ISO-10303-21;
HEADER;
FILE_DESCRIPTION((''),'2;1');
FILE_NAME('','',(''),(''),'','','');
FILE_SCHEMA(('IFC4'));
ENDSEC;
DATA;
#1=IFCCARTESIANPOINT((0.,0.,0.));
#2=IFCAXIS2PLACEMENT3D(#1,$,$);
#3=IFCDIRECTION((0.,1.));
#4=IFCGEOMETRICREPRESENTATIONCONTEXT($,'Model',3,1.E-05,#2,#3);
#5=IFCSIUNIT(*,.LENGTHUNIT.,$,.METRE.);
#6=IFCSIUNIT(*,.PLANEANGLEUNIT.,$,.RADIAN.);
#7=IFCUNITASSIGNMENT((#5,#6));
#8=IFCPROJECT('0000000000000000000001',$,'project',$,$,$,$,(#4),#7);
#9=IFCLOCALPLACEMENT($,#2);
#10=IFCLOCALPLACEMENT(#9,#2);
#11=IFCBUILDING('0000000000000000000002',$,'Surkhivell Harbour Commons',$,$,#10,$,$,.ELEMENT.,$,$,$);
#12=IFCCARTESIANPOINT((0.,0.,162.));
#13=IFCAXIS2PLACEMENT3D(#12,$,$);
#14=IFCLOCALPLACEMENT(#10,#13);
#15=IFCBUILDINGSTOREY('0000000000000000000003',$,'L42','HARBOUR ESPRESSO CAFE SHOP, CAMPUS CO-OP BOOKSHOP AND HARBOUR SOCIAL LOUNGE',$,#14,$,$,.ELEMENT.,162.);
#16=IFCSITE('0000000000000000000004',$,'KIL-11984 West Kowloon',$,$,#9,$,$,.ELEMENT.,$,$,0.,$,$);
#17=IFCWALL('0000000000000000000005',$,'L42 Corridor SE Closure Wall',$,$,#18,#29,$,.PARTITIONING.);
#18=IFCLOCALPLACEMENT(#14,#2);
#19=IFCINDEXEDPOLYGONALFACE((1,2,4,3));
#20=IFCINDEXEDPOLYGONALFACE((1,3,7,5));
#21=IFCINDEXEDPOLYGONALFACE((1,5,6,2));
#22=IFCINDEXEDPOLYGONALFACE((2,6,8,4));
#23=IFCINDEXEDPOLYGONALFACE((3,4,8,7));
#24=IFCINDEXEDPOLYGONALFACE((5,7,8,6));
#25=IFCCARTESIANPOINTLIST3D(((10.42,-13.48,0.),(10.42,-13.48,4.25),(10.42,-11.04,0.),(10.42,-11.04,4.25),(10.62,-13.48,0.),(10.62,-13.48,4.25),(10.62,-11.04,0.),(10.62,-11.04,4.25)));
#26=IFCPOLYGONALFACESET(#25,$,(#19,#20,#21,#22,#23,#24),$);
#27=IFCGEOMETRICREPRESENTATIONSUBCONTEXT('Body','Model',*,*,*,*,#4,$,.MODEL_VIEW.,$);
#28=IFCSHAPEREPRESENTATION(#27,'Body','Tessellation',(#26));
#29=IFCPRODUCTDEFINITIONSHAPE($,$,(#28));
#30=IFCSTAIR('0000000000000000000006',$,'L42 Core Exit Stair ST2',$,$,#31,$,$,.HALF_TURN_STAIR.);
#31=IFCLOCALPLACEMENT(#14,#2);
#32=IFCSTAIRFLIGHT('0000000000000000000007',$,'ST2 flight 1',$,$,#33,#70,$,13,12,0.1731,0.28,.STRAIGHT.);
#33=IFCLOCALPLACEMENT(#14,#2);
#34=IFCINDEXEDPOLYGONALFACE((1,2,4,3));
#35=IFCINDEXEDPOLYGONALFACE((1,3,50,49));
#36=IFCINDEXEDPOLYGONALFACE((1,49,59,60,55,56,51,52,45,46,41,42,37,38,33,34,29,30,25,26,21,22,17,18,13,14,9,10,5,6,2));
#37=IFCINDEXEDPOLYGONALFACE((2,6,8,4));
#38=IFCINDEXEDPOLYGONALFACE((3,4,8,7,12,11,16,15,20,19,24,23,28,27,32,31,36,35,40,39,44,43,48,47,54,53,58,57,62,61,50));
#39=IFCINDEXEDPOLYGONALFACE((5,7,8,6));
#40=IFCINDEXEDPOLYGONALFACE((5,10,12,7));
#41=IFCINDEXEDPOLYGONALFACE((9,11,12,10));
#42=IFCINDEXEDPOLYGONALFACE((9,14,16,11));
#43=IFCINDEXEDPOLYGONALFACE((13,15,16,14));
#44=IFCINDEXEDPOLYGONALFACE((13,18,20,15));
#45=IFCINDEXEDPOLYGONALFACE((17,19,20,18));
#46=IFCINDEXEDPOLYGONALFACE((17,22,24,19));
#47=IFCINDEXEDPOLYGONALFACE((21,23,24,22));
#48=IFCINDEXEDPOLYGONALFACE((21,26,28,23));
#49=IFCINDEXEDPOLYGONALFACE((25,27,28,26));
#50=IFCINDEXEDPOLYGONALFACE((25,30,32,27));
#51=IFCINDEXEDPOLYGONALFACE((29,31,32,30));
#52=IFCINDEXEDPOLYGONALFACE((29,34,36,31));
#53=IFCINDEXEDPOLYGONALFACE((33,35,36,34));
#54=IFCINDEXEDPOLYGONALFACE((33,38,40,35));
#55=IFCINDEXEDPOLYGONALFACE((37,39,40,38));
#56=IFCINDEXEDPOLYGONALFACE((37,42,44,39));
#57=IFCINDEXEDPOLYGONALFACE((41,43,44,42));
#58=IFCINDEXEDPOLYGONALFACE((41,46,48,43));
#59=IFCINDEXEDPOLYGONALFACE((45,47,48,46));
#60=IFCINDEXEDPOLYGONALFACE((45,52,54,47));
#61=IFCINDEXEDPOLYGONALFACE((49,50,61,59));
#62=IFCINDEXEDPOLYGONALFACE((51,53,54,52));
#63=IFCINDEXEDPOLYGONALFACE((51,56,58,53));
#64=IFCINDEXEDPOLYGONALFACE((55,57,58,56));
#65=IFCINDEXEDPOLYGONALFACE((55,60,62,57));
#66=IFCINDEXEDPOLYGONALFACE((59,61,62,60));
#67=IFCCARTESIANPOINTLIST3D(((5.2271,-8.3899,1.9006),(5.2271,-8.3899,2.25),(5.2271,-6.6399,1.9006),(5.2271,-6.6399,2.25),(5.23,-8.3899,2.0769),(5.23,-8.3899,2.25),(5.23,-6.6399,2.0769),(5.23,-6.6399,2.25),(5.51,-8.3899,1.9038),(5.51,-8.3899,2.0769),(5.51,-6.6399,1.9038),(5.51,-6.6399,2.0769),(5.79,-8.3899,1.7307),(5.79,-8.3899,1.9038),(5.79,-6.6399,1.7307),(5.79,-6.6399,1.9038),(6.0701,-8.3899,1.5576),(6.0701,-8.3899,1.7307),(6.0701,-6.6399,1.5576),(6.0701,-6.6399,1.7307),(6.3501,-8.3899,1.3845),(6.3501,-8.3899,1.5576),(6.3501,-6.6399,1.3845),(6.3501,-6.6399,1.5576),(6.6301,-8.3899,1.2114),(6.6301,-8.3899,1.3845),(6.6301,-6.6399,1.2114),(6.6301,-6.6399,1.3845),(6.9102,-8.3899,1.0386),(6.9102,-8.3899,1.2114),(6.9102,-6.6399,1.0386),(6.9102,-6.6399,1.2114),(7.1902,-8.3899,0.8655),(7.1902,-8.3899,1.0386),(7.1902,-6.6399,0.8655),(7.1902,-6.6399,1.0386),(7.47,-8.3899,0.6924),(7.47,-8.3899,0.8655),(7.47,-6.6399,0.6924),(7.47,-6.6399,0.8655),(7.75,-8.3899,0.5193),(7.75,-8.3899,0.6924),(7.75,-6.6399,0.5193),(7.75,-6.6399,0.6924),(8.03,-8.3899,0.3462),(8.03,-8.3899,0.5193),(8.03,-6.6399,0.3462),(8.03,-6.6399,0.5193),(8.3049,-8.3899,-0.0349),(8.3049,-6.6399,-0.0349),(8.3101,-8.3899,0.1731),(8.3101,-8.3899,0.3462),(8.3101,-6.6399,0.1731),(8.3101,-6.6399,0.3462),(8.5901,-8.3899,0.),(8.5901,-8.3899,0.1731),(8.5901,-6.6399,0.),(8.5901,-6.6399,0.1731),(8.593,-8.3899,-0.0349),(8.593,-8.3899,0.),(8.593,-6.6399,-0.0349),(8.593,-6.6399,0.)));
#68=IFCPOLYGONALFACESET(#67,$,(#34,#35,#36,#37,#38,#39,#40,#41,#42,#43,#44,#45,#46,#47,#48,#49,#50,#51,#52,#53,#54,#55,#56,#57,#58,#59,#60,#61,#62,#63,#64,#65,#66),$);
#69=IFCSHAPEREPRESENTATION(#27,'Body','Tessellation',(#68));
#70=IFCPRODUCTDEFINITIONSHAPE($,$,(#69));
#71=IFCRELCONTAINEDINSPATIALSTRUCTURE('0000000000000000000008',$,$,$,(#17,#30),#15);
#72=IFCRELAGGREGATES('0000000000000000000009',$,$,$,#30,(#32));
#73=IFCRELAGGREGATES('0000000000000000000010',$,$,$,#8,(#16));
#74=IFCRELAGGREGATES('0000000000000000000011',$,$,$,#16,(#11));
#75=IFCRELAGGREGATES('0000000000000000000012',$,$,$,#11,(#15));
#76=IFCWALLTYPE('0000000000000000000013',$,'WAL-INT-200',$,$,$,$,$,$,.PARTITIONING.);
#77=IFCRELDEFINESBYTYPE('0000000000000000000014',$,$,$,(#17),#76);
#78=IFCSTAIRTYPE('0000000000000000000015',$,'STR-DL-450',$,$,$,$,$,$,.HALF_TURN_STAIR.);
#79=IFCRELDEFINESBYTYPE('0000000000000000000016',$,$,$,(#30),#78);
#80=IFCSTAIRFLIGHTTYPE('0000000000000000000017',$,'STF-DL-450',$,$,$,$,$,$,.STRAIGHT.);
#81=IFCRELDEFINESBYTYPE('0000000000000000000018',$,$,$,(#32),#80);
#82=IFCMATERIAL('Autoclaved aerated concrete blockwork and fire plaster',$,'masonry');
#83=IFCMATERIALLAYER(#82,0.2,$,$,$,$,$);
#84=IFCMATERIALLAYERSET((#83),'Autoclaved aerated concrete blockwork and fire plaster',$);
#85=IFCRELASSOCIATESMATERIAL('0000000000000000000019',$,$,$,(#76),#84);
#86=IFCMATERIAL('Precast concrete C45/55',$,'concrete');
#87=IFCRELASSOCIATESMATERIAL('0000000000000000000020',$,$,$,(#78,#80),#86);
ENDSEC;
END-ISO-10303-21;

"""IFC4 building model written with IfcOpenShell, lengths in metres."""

from ifc_helpers import new_model, si_unit, direction, frame, frame_2d, origin, place, context, subcontext, project, spatial, polyline, rectangle, outline, extrude, material, layer, layer_set, type_object, element, aggregate, save


model = new_model("IFC4")

# Units and contexts
model_context = context("Model", 3, precision=1e-05, world=origin(), true_north=direction((0.0, 1.0)))
body_context = subcontext(model_context, "Body", "Model", "MODEL_VIEW")
ifc_project = project(units=[si_unit("LENGTHUNIT", "METRE"), si_unit("PLANEANGLEUNIT", "RADIAN")], contexts=[model_context])

# Site, building, storey
site_placement = place(None, origin())
site = spatial("IfcSite", under=ifc_project, at=site_placement, Name="KIL-11984 West Kowloon", CompositionType="ELEMENT", RefElevation=0.0)
building_placement = place(site_placement, origin())
building = spatial("IfcBuilding", under=site, at=building_placement, Name="Surkhivell Harbour Commons", CompositionType="ELEMENT")
storey_placement = place(building_placement, frame((0.0, 0.0, 162.0)))
storey = spatial("IfcBuildingStorey", under=building, at=storey_placement, Name="L42", Description="HARBOUR ESPRESSO CAFE SHOP, CAMPUS CO-OP BOOKSHOP AND HARBOUR SOCIAL LOUNGE", CompositionType="ELEMENT", Elevation=162.0)

# Shared definitions
ifc_material_1 = material(Name="Autoclaved aerated concrete blockwork and fire plaster", Category="masonry")
ifc_layer_1 = layer(ifc_material_1, 0.2)
ifc_layer_set_1 = layer_set([ifc_layer_1], Name="Autoclaved aerated concrete blockwork and fire plaster")
wall_type_1 = type_object("IfcWallType", Name="WAL-INT-200", PredefinedType="PARTITIONING", material=ifc_layer_set_1)

# Wall
wall_1_placement = place(storey_placement, frame((10.52, -13.48, 0.0), z_axis=(0.0, 0.0, 1.0), x_axis=(0.0, 1.0, 0.0)))
element("IfcWall", 1, at=wall_1_placement, inside=storey, type_object=wall_type_1, Name="L42 Corridor SE Closure Wall", PredefinedType="PARTITIONING", context=body_context, shape_type="SweptSolid", body=[
    extrude(rectangle(XDim=2.4399, YDim=0.2, at=frame_2d((1.22, 0.0))), origin(), (0.0, 0.0, 1.0), 4.25),
])

# Stair, stair flight
ifc_material_2 = material(Name="Precast concrete C45/55", Category="concrete")
stair_type = type_object("IfcStairType", Name="STR-DL-450", PredefinedType="HALF_TURN_STAIR", material=ifc_material_2)
stair_placement = place(storey_placement, origin())
stair = element("IfcStair", 2, at=stair_placement, inside=storey, type_object=stair_type, Name="L42 Core Exit Stair ST2", PredefinedType="HALF_TURN_STAIR")
stair_flight_type = type_object("IfcStairFlightType", Name="STF-DL-450", PredefinedType="STRAIGHT", material=ifc_material_2)
stair_flight_placement = place(storey_placement, frame((8.5901, -7.5149, 0.0), z_axis=(0.0, 0.0, 1.0), x_axis=(-1.0, 0.0, 0.0)))
stair_flight = element("IfcStairFlight", 3, at=stair_flight_placement, type_object=stair_flight_type, Name="ST2 flight 1", NumberOfRisers=13, NumberOfTreads=12, PredefinedType="STRAIGHT", RiserHeight=0.1731, TreadLength=0.28, context=body_context, shape_type="SweptSolid", body=[
    extrude(outline(polyline([(-0.0029, -0.0349), (-0.0029, 0.0), (0.0, 0.0), (0.0, 0.1731), (0.28, 0.1731), (0.28, 0.3462), (0.5601, 0.3462), (0.5601, 0.5193), (0.8401, 0.5193), (0.8401, 0.6924), (1.1201, 0.6924), (1.1201, 0.8655), (1.3999, 0.8655), (1.3999, 1.0386), (1.6799, 1.0386), (1.6799, 1.2114), (1.96, 1.2114), (1.96, 1.3845), (2.24, 1.3845), (2.24, 1.5576), (2.52, 1.5576), (2.52, 1.7307), (2.8, 1.7307), (2.8, 1.9038), (3.0801, 1.9038), (3.0801, 2.0769), (3.3601, 2.0769), (3.3601, 2.25), (3.363, 2.25), (3.363, 1.9006), (0.2852, -0.0349), (-0.0029, -0.0349)])), frame((0.0, 0.875, 0.0), z_axis=(0.0, -1.0, 0.0), x_axis=(1.0, 0.0, 0.0)), (0.0, 0.0, 1.0), 1.75),
])
aggregate(stair, [stair_flight])

save(model, "model.ifc")
